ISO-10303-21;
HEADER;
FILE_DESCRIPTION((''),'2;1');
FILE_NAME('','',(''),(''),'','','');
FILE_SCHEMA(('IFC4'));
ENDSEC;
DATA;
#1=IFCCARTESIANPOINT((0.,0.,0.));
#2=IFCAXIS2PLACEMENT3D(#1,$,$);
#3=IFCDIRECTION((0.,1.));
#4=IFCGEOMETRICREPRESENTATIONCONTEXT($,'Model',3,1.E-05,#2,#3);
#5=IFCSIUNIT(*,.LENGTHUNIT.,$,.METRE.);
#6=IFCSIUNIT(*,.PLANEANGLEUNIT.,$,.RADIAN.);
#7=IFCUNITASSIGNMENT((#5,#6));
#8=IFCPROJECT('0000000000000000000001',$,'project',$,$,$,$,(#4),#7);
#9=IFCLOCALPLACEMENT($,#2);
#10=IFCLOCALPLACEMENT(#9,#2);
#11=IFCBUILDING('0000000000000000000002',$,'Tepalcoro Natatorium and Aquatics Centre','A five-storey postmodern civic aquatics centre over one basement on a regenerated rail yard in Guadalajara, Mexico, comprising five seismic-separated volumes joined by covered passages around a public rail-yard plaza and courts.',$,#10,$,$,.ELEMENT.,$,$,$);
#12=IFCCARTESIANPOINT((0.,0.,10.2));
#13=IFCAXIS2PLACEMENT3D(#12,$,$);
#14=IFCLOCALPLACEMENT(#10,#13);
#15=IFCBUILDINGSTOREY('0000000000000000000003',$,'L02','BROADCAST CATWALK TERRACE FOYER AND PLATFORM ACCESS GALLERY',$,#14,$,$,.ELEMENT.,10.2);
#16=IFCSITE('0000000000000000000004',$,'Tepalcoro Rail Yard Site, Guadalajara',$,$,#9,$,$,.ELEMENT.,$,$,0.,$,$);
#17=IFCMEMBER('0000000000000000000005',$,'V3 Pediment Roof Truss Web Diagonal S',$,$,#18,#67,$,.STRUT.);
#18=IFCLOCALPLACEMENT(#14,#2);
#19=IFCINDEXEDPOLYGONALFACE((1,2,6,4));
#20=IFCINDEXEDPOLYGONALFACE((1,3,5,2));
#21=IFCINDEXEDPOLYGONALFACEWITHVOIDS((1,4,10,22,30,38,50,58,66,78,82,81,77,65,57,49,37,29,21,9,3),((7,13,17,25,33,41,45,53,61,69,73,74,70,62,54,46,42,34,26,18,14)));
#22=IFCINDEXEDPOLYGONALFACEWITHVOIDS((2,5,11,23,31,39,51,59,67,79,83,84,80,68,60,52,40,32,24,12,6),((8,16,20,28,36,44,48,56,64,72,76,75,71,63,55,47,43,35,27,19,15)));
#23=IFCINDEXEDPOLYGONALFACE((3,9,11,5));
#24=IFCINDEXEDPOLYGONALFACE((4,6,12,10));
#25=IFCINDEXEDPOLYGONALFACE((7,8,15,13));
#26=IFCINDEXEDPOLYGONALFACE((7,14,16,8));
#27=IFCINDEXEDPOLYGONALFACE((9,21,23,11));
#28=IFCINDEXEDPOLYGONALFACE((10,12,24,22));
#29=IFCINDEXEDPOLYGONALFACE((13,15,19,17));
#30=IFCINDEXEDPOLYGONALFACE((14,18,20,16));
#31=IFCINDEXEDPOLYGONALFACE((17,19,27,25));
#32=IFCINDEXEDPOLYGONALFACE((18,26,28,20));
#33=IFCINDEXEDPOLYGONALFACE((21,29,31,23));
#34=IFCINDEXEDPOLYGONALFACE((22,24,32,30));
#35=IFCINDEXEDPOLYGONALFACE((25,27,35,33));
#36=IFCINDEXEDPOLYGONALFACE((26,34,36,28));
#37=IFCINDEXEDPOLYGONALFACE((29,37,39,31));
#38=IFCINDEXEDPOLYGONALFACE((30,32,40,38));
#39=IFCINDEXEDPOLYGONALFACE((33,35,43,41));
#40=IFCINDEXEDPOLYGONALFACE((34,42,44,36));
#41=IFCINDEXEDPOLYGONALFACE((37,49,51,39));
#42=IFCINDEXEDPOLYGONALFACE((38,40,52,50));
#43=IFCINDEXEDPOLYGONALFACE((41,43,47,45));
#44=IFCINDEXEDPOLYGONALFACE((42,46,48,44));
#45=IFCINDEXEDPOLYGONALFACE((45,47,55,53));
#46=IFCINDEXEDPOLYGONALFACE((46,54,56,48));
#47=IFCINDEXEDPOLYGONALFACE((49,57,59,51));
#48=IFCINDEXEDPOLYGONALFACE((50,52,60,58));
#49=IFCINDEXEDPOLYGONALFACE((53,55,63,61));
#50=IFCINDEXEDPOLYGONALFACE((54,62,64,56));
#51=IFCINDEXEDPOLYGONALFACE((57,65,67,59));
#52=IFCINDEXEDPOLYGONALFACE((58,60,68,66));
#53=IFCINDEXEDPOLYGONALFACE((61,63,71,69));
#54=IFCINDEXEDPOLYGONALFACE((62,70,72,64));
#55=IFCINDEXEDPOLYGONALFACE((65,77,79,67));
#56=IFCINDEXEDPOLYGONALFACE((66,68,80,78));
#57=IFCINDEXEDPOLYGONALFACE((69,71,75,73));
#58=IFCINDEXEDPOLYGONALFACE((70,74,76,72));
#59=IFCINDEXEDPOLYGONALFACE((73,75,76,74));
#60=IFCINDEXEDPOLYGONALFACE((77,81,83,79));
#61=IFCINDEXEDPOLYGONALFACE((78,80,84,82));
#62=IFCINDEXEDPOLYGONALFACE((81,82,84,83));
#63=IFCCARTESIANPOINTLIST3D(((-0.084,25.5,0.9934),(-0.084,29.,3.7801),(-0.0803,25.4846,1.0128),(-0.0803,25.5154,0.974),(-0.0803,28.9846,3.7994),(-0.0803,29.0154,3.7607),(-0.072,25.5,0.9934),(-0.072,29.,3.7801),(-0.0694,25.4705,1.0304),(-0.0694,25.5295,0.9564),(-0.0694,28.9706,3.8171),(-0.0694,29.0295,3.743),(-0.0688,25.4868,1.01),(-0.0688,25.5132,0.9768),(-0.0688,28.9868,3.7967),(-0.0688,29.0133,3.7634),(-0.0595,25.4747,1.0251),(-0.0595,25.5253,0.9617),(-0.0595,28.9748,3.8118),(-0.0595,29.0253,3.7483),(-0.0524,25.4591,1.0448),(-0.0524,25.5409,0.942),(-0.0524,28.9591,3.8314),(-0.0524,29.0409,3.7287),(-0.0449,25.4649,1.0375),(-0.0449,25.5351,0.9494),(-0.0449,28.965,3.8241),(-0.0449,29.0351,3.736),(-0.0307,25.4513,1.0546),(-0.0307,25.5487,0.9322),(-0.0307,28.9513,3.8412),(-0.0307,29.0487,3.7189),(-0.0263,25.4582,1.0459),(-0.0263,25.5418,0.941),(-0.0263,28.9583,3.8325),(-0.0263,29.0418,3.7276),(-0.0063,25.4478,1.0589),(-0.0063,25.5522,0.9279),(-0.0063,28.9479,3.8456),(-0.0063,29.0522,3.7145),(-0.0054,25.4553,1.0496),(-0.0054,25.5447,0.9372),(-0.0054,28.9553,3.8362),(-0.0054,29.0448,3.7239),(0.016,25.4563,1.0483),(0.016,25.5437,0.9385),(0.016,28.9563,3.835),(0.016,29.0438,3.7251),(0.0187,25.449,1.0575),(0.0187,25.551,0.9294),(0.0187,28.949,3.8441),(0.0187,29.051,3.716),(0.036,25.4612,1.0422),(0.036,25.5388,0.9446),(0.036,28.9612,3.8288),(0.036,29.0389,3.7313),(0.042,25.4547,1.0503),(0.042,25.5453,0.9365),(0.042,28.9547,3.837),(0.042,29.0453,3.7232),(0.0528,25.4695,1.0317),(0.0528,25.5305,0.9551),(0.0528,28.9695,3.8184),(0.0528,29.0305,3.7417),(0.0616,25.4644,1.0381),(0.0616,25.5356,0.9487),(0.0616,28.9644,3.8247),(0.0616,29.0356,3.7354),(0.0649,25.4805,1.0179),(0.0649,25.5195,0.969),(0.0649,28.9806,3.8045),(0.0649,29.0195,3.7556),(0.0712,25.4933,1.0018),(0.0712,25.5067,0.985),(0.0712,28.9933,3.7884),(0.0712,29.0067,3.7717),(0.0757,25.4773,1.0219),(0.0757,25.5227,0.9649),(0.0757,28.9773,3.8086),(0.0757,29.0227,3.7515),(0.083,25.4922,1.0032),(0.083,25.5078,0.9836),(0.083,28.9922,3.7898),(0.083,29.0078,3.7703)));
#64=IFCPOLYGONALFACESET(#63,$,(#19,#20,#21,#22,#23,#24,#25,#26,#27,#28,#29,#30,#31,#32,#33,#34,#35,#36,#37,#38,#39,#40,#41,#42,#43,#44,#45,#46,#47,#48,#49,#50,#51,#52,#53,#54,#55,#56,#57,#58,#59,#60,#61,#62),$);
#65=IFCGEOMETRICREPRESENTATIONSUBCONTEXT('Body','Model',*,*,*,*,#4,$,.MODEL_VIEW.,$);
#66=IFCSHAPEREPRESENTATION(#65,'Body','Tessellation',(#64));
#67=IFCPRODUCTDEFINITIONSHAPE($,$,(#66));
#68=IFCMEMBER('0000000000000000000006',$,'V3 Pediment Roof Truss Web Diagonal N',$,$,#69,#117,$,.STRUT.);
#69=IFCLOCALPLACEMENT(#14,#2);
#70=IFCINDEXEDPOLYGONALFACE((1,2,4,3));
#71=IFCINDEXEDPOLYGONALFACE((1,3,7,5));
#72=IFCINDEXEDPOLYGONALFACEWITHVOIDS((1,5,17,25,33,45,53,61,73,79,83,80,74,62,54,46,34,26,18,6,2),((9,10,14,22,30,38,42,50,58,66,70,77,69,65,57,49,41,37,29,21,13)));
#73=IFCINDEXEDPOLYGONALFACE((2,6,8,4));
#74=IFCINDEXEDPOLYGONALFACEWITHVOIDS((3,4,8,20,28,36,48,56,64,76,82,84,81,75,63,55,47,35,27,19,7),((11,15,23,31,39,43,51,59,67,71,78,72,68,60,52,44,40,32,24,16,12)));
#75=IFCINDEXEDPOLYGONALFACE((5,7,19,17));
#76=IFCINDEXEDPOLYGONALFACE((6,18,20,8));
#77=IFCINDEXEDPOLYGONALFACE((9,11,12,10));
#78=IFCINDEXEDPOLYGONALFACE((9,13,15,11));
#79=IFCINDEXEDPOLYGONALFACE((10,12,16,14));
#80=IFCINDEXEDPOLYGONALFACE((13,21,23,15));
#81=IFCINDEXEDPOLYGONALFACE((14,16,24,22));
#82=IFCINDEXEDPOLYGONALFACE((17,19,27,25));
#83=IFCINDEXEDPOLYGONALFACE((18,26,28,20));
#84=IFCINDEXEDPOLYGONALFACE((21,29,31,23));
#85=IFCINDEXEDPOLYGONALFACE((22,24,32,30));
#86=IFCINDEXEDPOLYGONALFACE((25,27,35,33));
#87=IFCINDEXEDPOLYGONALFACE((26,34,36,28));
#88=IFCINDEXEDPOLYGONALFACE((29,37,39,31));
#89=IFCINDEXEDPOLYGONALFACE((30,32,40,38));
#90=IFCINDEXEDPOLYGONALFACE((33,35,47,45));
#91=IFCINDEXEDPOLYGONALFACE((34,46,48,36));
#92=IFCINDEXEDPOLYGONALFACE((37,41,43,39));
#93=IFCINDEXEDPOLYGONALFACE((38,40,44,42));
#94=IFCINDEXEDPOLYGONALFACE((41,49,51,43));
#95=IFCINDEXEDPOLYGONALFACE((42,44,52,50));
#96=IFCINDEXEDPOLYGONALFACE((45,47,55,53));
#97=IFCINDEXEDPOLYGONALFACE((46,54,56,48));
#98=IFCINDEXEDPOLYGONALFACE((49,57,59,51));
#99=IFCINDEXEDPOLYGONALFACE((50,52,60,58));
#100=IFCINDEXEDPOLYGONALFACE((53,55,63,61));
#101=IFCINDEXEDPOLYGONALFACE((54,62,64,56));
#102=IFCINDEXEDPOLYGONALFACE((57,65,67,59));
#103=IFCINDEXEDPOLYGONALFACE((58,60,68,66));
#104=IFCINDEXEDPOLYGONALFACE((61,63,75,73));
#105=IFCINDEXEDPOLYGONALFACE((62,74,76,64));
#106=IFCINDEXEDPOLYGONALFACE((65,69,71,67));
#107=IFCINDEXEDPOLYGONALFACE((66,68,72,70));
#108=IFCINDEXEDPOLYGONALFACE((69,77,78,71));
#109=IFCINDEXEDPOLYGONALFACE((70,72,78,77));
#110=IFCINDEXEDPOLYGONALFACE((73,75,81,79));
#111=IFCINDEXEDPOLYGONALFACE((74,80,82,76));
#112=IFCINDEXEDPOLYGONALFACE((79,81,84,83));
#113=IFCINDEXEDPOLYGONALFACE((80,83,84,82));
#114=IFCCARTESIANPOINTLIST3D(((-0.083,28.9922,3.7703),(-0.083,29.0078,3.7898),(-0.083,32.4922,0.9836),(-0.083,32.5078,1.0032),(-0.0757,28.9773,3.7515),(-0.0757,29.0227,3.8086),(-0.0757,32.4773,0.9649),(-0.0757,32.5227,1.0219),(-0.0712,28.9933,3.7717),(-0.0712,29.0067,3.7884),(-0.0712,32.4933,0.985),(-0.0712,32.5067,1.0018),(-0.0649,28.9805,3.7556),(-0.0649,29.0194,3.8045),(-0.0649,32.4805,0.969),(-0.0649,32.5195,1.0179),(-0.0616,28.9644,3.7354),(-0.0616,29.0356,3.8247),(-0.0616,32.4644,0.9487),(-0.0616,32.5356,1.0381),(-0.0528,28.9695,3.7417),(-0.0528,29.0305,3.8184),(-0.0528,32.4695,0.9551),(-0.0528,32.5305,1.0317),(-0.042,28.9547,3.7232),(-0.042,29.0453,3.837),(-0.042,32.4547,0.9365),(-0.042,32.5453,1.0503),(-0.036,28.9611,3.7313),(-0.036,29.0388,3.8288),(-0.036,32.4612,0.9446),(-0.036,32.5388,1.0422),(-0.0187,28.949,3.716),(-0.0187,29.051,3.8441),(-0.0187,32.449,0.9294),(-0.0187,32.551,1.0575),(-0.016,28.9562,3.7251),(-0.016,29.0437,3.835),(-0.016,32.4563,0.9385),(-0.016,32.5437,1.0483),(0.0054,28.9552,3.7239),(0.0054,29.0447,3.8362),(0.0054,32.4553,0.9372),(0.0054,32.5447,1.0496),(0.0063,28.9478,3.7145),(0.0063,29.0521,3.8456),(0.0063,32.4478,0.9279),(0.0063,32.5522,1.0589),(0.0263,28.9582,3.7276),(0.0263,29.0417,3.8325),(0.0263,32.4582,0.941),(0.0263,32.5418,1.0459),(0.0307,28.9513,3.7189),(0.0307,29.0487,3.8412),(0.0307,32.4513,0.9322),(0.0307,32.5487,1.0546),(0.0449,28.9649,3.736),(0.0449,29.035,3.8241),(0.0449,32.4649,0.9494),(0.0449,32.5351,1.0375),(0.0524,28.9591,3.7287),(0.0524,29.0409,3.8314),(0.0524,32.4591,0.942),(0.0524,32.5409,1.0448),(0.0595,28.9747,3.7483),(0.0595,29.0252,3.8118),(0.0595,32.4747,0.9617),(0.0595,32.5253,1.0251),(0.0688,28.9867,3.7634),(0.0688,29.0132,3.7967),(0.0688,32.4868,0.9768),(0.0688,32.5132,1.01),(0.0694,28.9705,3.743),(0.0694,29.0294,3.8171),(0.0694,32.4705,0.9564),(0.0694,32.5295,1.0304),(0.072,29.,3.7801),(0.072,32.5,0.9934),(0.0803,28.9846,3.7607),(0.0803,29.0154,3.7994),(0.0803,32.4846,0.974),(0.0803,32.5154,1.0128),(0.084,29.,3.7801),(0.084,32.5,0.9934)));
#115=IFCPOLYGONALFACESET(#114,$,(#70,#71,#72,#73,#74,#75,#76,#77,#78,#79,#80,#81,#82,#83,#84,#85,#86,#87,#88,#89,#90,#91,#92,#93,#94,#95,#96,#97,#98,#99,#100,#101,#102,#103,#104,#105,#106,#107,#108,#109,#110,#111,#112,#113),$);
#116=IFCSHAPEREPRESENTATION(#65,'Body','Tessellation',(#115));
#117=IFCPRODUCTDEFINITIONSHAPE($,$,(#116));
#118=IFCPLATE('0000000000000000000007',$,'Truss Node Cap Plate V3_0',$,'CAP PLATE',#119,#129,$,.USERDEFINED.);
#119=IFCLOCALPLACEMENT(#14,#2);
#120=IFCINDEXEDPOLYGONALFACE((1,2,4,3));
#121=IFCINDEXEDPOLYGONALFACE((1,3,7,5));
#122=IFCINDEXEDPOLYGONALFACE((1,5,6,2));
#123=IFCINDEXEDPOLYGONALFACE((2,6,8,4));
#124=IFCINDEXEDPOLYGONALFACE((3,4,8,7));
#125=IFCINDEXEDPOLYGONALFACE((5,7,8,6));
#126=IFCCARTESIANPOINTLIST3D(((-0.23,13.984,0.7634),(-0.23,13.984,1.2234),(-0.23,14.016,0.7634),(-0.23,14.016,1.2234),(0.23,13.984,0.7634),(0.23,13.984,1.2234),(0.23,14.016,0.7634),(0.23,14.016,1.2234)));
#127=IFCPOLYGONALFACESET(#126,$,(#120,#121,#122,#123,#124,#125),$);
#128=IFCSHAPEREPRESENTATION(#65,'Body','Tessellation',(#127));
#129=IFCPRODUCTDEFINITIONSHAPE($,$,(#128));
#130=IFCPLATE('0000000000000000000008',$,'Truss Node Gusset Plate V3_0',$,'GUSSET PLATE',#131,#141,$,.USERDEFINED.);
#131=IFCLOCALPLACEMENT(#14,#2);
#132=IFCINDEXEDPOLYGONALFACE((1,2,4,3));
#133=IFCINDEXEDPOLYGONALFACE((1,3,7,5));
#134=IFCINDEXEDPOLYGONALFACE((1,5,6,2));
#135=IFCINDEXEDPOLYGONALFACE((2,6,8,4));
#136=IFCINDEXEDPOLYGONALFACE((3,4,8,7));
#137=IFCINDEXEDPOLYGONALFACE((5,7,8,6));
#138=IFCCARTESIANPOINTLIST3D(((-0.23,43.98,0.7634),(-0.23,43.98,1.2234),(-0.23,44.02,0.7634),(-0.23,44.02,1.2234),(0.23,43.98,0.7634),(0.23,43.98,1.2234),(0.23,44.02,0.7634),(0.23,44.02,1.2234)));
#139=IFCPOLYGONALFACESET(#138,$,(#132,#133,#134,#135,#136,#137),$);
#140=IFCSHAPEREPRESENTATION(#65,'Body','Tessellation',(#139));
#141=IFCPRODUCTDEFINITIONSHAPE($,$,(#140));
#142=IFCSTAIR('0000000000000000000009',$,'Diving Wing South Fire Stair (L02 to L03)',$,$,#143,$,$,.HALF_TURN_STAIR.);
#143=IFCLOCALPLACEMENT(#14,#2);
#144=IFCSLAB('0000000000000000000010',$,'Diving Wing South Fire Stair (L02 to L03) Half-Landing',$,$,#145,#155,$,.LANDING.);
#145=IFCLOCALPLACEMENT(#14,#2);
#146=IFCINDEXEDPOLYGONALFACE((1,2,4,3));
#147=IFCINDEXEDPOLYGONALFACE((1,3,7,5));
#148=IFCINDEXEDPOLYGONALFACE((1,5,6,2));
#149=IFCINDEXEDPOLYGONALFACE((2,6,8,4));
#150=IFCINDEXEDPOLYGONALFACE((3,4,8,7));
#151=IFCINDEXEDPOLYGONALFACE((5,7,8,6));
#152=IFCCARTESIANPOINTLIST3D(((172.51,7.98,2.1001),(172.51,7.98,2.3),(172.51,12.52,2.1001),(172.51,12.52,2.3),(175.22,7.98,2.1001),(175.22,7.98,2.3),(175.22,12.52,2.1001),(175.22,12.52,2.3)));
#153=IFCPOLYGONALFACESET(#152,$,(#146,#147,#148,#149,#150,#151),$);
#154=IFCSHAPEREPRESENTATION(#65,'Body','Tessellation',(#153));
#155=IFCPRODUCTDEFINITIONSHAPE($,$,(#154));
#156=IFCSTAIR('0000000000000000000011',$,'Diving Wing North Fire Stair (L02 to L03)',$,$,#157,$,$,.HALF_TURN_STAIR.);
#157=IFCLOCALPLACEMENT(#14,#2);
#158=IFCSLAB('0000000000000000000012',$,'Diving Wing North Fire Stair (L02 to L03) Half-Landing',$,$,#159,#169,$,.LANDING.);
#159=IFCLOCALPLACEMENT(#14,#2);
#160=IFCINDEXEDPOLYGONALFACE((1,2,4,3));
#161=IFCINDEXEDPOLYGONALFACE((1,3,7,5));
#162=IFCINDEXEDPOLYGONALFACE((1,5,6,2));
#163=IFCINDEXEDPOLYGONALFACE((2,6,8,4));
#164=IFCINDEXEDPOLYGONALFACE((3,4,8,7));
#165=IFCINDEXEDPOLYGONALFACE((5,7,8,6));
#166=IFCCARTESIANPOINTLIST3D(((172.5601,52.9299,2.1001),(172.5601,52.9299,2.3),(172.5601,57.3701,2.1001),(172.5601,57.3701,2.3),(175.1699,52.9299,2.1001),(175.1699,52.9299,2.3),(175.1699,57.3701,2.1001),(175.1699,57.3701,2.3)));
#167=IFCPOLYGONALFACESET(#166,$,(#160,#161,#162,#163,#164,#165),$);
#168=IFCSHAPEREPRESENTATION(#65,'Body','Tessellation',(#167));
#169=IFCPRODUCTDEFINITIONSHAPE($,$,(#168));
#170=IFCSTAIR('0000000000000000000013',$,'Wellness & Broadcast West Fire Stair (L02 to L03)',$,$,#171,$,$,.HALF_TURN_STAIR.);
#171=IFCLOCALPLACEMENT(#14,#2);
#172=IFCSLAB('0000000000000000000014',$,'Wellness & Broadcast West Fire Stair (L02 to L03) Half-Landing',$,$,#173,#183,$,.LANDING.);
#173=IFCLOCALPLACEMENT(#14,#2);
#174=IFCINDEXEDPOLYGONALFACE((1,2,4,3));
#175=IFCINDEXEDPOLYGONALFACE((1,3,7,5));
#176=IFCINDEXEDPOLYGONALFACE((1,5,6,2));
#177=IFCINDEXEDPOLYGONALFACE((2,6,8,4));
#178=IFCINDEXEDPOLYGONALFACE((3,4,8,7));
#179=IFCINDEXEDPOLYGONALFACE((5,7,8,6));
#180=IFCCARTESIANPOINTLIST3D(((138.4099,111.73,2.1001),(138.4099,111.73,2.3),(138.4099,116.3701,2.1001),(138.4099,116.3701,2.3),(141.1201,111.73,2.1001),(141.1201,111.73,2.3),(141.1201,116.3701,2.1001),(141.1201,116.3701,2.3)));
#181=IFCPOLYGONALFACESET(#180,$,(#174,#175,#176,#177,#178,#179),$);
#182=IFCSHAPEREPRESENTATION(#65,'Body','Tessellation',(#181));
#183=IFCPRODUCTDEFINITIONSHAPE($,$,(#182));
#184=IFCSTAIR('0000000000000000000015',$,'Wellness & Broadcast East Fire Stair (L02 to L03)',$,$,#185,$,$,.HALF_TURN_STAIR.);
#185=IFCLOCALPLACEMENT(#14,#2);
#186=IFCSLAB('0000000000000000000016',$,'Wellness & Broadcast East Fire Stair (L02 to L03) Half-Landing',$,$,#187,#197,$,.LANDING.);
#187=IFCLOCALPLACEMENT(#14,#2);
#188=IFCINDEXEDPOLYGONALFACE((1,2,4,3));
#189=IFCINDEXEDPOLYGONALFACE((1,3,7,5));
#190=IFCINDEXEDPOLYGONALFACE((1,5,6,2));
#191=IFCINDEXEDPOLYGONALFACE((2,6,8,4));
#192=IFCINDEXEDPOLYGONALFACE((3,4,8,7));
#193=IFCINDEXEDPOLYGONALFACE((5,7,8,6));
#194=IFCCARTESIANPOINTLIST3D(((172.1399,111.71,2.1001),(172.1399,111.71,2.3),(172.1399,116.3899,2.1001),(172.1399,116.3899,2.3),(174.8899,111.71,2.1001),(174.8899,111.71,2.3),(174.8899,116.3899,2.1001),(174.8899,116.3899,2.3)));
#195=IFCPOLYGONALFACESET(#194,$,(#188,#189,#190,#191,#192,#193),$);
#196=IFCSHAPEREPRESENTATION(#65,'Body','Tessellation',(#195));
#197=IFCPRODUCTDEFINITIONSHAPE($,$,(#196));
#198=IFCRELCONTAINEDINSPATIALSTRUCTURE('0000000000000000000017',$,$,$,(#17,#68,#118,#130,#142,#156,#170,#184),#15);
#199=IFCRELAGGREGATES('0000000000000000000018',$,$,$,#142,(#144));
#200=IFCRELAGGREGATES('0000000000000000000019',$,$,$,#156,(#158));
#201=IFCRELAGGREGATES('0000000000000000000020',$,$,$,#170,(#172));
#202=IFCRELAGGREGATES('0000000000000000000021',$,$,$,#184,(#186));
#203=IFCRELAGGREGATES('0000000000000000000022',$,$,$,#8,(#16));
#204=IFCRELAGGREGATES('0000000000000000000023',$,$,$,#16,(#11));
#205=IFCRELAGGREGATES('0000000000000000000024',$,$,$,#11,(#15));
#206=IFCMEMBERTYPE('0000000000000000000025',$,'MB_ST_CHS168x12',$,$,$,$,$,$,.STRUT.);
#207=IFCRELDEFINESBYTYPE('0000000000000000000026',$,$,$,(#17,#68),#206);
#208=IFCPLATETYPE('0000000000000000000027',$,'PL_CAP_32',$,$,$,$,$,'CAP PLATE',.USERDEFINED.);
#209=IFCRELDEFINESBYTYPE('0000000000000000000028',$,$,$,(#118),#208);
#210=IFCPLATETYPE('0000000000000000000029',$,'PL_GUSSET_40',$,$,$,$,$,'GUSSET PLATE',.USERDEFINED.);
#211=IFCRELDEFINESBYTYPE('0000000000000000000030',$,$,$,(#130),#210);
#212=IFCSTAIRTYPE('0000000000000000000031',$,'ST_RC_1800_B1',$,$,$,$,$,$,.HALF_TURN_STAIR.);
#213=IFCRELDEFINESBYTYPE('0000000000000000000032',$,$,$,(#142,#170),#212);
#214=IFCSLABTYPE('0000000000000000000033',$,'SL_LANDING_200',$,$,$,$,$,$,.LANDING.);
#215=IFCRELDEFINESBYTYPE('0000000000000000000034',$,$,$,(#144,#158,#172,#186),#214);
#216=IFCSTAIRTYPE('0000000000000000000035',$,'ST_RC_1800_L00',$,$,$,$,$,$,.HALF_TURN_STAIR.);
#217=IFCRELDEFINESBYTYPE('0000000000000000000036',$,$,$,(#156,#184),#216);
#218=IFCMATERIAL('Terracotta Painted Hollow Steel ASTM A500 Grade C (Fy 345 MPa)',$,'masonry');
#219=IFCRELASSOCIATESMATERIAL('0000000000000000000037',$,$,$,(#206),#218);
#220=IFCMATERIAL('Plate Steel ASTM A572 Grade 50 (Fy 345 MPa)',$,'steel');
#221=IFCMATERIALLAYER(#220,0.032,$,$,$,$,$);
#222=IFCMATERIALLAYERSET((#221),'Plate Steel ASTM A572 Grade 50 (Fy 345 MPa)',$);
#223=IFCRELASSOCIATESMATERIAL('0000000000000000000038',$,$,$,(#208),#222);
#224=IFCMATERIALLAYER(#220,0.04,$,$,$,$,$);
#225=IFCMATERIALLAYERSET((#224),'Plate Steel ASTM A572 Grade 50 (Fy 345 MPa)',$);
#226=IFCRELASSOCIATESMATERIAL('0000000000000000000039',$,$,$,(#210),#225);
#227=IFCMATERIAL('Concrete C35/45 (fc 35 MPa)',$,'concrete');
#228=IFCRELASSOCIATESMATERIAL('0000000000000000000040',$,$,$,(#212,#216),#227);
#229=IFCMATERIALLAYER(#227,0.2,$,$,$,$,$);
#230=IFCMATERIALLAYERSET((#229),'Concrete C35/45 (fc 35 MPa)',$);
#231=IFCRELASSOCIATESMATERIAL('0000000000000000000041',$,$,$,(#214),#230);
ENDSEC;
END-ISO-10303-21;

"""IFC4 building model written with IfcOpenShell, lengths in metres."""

from ifc_helpers import new_model, si_unit, direction, frame, origin, origin_2d, place, context, subcontext, project, spatial, polyline, rectangle, hollow_circle, outline, extrude, material, layer, layer_set, material_profile, profile_set, type_object, element, aggregate, save


model = new_model("IFC4")

# Units and contexts
model_context = context("Model", 3, precision=1e-05, world=origin(), true_north=direction((0.0, 1.0)))
body_context = subcontext(model_context, "Body", "Model", "MODEL_VIEW")
ifc_project = project(units=[si_unit("LENGTHUNIT", "METRE"), si_unit("PLANEANGLEUNIT", "RADIAN")], contexts=[model_context])

# Site, building, storey
site_placement = place(None, origin())
site = spatial("IfcSite", under=ifc_project, at=site_placement, Name="Tepalcoro Rail Yard Site, Guadalajara", CompositionType="ELEMENT", RefElevation=0.0)
building_placement = place(site_placement, origin())
building = spatial("IfcBuilding", under=site, at=building_placement, Name="Tepalcoro Natatorium and Aquatics Centre", Description="A five-storey postmodern civic aquatics centre over one basement on a regenerated rail yard in Guadalajara, Mexico, comprising five seismic-separated volumes joined by covered passages around a public rail-yard plaza and courts.", CompositionType="ELEMENT")
storey_placement = place(building_placement, frame((0.0, 0.0, 10.2)))
storey = spatial("IfcBuildingStorey", under=building, at=storey_placement, Name="L02", Description="BROADCAST CATWALK TERRACE FOYER AND PLATFORM ACCESS GALLERY", CompositionType="ELEMENT", Elevation=10.2)

# Members
ifc_material_1 = material(Name="Terracotta Painted Hollow Steel ASTM A500 Grade C (Fy 345 MPa)", Category="masonry")
ifc_material_profile_1 = material_profile(ifc_material_1, hollow_circle(Radius=0.084, WallThickness=0.012, at=origin_2d()), Name="CHS168X12")
ifc_profile_set_1 = profile_set([ifc_material_profile_1], Name="Terracotta Painted Hollow Steel ASTM A500 Grade C (Fy 345 MPa)")
member_type_1 = type_object("IfcMemberType", Name="MB_ST_CHS168x12", PredefinedType="STRUT", material=ifc_profile_set_1)
for number, where, z_axis, x_axis, name in (
    (1, (0.0, 25.5, 0.9934), (0.0, 0.782325, 0.62287), (-1.0, 0.0, 0.0), "V3 Pediment Roof Truss Web Diagonal S"),
    (2, (0.0, 32.5, 0.9934), (0.0, -0.782325, 0.62287), (1.0, 0.0, 0.0), "V3 Pediment Roof Truss Web Diagonal N"),
):
    element("IfcMember", number, at=place(storey_placement, frame(where, z_axis=z_axis, x_axis=x_axis)), inside=storey, type_object=member_type_1, Name=name, PredefinedType="STRUT", context=body_context, shape_type="SweptSolid", body=[
        extrude(hollow_circle(Radius=0.084, WallThickness=0.012, at=origin_2d()), origin(), (0.0, 0.0, 1.0), 4.4739),
    ])

# Plates
ifc_material_2 = material(Name="Plate Steel ASTM A572 Grade 50 (Fy 345 MPa)", Category="steel")
ifc_layer_1 = layer(ifc_material_2, 0.032)
ifc_layer_set_1 = layer_set([ifc_layer_1], Name="Plate Steel ASTM A572 Grade 50 (Fy 345 MPa)")
plate_type_1 = type_object("IfcPlateType", Name="PL_CAP_32", ElementType="CAP PLATE", PredefinedType="USERDEFINED", material=ifc_layer_set_1)
plate_1_placement = place(storey_placement, frame((0.0, 14.0, 0.7634), z_axis=(0.0, 0.0, 1.0), x_axis=(1.0, 0.0, 0.0)))
element("IfcPlate", 3, at=plate_1_placement, inside=storey, type_object=plate_type_1, Name="Truss Node Cap Plate V3_0", ObjectType="CAP PLATE", PredefinedType="USERDEFINED", context=body_context, shape_type="SweptSolid", body=[
    extrude(rectangle(XDim=0.46, YDim=0.032, at=origin_2d()), origin(), (0.0, 0.0, 1.0), 0.46),
])
ifc_layer_2 = layer(ifc_material_2, 0.04)
ifc_layer_set_2 = layer_set([ifc_layer_2], Name="Plate Steel ASTM A572 Grade 50 (Fy 345 MPa)")
plate_type_2 = type_object("IfcPlateType", Name="PL_GUSSET_40", ElementType="GUSSET PLATE", PredefinedType="USERDEFINED", material=ifc_layer_set_2)
plate_2_placement = place(storey_placement, frame((0.0, 44.0, 0.7634), z_axis=(0.0, 0.0, 1.0), x_axis=(1.0, 0.0, 0.0)))
element("IfcPlate", 4, at=plate_2_placement, inside=storey, type_object=plate_type_2, Name="Truss Node Gusset Plate V3_0", ObjectType="GUSSET PLATE", PredefinedType="USERDEFINED", context=body_context, shape_type="SweptSolid", body=[
    extrude(rectangle(XDim=0.46, YDim=0.04, at=origin_2d()), origin(), (0.0, 0.0, 1.0), 0.46),
])

# Stairs, slabs
ifc_material_3 = material(Name="Concrete C35/45 (fc 35 MPa)", Category="concrete")
stair_type_1 = type_object("IfcStairType", Name="ST_RC_1800_B1", PredefinedType="HALF_TURN_STAIR", material=ifc_material_3)
stair_1_placement = place(storey_placement, origin())
stair_1 = element("IfcStair", 5, at=stair_1_placement, inside=storey, type_object=stair_type_1, Name="Diving Wing South Fire Stair (L02 to L03)", PredefinedType="HALF_TURN_STAIR")
ifc_layer_3 = layer(ifc_material_3, 0.2)
ifc_layer_set_3 = layer_set([ifc_layer_3], Name="Concrete C35/45 (fc 35 MPa)")
slab_type_1 = type_object("IfcSlabType", Name="SL_LANDING_200", PredefinedType="LANDING", material=ifc_layer_set_3)
slab_1_placement = place(storey_placement, frame((0.0, 0.0, 2.1001)))
slab_1 = element("IfcSlab", 6, at=slab_1_placement, type_object=slab_type_1, Name="Diving Wing South Fire Stair (L02 to L03) Half-Landing", PredefinedType="LANDING", context=body_context, shape_type="SweptSolid", body=[
    extrude(outline(polyline([(172.51, 7.98), (175.22, 7.98), (175.22, 12.52), (172.51, 12.52), (172.51, 7.98)])), origin(), (0.0, 0.0, 1.0), 0.2),
])
aggregate(stair_1, [slab_1])
stair_type_2 = type_object("IfcStairType", Name="ST_RC_1800_L00", PredefinedType="HALF_TURN_STAIR", material=ifc_material_3)
stair_2_placement = place(storey_placement, origin())
stair_2 = element("IfcStair", 7, at=stair_2_placement, inside=storey, type_object=stair_type_2, Name="Diving Wing North Fire Stair (L02 to L03)", PredefinedType="HALF_TURN_STAIR")
slab_2_placement = place(storey_placement, frame((0.0, 0.0, 2.1001)))
slab_2 = element("IfcSlab", 8, at=slab_2_placement, type_object=slab_type_1, Name="Diving Wing North Fire Stair (L02 to L03) Half-Landing", PredefinedType="LANDING", context=body_context, shape_type="SweptSolid", body=[
    extrude(outline(polyline([(172.5601, 52.9299), (175.1699, 52.9299), (175.1699, 57.3701), (172.5601, 57.3701), (172.5601, 52.9299)])), origin(), (0.0, 0.0, 1.0), 0.2),
])
aggregate(stair_2, [slab_2])
stair_3_placement = place(storey_placement, origin())
stair_3 = element("IfcStair", 9, at=stair_3_placement, inside=storey, type_object=stair_type_1, Name="Wellness & Broadcast West Fire Stair (L02 to L03)", PredefinedType="HALF_TURN_STAIR")
slab_3_placement = place(storey_placement, frame((0.0, 0.0, 2.1001)))
slab_3 = element("IfcSlab", 10, at=slab_3_placement, type_object=slab_type_1, Name="Wellness & Broadcast West Fire Stair (L02 to L03) Half-Landing", PredefinedType="LANDING", context=body_context, shape_type="SweptSolid", body=[
    extrude(outline(polyline([(138.4099, 111.73), (141.1201, 111.73), (141.1201, 116.3701), (138.4099, 116.3701), (138.4099, 111.73)])), origin(), (0.0, 0.0, 1.0), 0.2),
])
aggregate(stair_3, [slab_3])
stair_4_placement = place(storey_placement, origin())
stair_4 = element("IfcStair", 11, at=stair_4_placement, inside=storey, type_object=stair_type_2, Name="Wellness & Broadcast East Fire Stair (L02 to L03)", PredefinedType="HALF_TURN_STAIR")
slab_4_placement = place(storey_placement, frame((0.0, 0.0, 2.1001)))
slab_4 = element("IfcSlab", 12, at=slab_4_placement, type_object=slab_type_1, Name="Wellness & Broadcast East Fire Stair (L02 to L03) Half-Landing", PredefinedType="LANDING", context=body_context, shape_type="SweptSolid", body=[
    extrude(outline(polyline([(172.1399, 111.71), (174.8899, 111.71), (174.8899, 116.3899), (172.1399, 116.3899), (172.1399, 111.71)])), origin(), (0.0, 0.0, 1.0), 0.2),
])
aggregate(stair_4, [slab_4])

save(model, "model.ifc")
